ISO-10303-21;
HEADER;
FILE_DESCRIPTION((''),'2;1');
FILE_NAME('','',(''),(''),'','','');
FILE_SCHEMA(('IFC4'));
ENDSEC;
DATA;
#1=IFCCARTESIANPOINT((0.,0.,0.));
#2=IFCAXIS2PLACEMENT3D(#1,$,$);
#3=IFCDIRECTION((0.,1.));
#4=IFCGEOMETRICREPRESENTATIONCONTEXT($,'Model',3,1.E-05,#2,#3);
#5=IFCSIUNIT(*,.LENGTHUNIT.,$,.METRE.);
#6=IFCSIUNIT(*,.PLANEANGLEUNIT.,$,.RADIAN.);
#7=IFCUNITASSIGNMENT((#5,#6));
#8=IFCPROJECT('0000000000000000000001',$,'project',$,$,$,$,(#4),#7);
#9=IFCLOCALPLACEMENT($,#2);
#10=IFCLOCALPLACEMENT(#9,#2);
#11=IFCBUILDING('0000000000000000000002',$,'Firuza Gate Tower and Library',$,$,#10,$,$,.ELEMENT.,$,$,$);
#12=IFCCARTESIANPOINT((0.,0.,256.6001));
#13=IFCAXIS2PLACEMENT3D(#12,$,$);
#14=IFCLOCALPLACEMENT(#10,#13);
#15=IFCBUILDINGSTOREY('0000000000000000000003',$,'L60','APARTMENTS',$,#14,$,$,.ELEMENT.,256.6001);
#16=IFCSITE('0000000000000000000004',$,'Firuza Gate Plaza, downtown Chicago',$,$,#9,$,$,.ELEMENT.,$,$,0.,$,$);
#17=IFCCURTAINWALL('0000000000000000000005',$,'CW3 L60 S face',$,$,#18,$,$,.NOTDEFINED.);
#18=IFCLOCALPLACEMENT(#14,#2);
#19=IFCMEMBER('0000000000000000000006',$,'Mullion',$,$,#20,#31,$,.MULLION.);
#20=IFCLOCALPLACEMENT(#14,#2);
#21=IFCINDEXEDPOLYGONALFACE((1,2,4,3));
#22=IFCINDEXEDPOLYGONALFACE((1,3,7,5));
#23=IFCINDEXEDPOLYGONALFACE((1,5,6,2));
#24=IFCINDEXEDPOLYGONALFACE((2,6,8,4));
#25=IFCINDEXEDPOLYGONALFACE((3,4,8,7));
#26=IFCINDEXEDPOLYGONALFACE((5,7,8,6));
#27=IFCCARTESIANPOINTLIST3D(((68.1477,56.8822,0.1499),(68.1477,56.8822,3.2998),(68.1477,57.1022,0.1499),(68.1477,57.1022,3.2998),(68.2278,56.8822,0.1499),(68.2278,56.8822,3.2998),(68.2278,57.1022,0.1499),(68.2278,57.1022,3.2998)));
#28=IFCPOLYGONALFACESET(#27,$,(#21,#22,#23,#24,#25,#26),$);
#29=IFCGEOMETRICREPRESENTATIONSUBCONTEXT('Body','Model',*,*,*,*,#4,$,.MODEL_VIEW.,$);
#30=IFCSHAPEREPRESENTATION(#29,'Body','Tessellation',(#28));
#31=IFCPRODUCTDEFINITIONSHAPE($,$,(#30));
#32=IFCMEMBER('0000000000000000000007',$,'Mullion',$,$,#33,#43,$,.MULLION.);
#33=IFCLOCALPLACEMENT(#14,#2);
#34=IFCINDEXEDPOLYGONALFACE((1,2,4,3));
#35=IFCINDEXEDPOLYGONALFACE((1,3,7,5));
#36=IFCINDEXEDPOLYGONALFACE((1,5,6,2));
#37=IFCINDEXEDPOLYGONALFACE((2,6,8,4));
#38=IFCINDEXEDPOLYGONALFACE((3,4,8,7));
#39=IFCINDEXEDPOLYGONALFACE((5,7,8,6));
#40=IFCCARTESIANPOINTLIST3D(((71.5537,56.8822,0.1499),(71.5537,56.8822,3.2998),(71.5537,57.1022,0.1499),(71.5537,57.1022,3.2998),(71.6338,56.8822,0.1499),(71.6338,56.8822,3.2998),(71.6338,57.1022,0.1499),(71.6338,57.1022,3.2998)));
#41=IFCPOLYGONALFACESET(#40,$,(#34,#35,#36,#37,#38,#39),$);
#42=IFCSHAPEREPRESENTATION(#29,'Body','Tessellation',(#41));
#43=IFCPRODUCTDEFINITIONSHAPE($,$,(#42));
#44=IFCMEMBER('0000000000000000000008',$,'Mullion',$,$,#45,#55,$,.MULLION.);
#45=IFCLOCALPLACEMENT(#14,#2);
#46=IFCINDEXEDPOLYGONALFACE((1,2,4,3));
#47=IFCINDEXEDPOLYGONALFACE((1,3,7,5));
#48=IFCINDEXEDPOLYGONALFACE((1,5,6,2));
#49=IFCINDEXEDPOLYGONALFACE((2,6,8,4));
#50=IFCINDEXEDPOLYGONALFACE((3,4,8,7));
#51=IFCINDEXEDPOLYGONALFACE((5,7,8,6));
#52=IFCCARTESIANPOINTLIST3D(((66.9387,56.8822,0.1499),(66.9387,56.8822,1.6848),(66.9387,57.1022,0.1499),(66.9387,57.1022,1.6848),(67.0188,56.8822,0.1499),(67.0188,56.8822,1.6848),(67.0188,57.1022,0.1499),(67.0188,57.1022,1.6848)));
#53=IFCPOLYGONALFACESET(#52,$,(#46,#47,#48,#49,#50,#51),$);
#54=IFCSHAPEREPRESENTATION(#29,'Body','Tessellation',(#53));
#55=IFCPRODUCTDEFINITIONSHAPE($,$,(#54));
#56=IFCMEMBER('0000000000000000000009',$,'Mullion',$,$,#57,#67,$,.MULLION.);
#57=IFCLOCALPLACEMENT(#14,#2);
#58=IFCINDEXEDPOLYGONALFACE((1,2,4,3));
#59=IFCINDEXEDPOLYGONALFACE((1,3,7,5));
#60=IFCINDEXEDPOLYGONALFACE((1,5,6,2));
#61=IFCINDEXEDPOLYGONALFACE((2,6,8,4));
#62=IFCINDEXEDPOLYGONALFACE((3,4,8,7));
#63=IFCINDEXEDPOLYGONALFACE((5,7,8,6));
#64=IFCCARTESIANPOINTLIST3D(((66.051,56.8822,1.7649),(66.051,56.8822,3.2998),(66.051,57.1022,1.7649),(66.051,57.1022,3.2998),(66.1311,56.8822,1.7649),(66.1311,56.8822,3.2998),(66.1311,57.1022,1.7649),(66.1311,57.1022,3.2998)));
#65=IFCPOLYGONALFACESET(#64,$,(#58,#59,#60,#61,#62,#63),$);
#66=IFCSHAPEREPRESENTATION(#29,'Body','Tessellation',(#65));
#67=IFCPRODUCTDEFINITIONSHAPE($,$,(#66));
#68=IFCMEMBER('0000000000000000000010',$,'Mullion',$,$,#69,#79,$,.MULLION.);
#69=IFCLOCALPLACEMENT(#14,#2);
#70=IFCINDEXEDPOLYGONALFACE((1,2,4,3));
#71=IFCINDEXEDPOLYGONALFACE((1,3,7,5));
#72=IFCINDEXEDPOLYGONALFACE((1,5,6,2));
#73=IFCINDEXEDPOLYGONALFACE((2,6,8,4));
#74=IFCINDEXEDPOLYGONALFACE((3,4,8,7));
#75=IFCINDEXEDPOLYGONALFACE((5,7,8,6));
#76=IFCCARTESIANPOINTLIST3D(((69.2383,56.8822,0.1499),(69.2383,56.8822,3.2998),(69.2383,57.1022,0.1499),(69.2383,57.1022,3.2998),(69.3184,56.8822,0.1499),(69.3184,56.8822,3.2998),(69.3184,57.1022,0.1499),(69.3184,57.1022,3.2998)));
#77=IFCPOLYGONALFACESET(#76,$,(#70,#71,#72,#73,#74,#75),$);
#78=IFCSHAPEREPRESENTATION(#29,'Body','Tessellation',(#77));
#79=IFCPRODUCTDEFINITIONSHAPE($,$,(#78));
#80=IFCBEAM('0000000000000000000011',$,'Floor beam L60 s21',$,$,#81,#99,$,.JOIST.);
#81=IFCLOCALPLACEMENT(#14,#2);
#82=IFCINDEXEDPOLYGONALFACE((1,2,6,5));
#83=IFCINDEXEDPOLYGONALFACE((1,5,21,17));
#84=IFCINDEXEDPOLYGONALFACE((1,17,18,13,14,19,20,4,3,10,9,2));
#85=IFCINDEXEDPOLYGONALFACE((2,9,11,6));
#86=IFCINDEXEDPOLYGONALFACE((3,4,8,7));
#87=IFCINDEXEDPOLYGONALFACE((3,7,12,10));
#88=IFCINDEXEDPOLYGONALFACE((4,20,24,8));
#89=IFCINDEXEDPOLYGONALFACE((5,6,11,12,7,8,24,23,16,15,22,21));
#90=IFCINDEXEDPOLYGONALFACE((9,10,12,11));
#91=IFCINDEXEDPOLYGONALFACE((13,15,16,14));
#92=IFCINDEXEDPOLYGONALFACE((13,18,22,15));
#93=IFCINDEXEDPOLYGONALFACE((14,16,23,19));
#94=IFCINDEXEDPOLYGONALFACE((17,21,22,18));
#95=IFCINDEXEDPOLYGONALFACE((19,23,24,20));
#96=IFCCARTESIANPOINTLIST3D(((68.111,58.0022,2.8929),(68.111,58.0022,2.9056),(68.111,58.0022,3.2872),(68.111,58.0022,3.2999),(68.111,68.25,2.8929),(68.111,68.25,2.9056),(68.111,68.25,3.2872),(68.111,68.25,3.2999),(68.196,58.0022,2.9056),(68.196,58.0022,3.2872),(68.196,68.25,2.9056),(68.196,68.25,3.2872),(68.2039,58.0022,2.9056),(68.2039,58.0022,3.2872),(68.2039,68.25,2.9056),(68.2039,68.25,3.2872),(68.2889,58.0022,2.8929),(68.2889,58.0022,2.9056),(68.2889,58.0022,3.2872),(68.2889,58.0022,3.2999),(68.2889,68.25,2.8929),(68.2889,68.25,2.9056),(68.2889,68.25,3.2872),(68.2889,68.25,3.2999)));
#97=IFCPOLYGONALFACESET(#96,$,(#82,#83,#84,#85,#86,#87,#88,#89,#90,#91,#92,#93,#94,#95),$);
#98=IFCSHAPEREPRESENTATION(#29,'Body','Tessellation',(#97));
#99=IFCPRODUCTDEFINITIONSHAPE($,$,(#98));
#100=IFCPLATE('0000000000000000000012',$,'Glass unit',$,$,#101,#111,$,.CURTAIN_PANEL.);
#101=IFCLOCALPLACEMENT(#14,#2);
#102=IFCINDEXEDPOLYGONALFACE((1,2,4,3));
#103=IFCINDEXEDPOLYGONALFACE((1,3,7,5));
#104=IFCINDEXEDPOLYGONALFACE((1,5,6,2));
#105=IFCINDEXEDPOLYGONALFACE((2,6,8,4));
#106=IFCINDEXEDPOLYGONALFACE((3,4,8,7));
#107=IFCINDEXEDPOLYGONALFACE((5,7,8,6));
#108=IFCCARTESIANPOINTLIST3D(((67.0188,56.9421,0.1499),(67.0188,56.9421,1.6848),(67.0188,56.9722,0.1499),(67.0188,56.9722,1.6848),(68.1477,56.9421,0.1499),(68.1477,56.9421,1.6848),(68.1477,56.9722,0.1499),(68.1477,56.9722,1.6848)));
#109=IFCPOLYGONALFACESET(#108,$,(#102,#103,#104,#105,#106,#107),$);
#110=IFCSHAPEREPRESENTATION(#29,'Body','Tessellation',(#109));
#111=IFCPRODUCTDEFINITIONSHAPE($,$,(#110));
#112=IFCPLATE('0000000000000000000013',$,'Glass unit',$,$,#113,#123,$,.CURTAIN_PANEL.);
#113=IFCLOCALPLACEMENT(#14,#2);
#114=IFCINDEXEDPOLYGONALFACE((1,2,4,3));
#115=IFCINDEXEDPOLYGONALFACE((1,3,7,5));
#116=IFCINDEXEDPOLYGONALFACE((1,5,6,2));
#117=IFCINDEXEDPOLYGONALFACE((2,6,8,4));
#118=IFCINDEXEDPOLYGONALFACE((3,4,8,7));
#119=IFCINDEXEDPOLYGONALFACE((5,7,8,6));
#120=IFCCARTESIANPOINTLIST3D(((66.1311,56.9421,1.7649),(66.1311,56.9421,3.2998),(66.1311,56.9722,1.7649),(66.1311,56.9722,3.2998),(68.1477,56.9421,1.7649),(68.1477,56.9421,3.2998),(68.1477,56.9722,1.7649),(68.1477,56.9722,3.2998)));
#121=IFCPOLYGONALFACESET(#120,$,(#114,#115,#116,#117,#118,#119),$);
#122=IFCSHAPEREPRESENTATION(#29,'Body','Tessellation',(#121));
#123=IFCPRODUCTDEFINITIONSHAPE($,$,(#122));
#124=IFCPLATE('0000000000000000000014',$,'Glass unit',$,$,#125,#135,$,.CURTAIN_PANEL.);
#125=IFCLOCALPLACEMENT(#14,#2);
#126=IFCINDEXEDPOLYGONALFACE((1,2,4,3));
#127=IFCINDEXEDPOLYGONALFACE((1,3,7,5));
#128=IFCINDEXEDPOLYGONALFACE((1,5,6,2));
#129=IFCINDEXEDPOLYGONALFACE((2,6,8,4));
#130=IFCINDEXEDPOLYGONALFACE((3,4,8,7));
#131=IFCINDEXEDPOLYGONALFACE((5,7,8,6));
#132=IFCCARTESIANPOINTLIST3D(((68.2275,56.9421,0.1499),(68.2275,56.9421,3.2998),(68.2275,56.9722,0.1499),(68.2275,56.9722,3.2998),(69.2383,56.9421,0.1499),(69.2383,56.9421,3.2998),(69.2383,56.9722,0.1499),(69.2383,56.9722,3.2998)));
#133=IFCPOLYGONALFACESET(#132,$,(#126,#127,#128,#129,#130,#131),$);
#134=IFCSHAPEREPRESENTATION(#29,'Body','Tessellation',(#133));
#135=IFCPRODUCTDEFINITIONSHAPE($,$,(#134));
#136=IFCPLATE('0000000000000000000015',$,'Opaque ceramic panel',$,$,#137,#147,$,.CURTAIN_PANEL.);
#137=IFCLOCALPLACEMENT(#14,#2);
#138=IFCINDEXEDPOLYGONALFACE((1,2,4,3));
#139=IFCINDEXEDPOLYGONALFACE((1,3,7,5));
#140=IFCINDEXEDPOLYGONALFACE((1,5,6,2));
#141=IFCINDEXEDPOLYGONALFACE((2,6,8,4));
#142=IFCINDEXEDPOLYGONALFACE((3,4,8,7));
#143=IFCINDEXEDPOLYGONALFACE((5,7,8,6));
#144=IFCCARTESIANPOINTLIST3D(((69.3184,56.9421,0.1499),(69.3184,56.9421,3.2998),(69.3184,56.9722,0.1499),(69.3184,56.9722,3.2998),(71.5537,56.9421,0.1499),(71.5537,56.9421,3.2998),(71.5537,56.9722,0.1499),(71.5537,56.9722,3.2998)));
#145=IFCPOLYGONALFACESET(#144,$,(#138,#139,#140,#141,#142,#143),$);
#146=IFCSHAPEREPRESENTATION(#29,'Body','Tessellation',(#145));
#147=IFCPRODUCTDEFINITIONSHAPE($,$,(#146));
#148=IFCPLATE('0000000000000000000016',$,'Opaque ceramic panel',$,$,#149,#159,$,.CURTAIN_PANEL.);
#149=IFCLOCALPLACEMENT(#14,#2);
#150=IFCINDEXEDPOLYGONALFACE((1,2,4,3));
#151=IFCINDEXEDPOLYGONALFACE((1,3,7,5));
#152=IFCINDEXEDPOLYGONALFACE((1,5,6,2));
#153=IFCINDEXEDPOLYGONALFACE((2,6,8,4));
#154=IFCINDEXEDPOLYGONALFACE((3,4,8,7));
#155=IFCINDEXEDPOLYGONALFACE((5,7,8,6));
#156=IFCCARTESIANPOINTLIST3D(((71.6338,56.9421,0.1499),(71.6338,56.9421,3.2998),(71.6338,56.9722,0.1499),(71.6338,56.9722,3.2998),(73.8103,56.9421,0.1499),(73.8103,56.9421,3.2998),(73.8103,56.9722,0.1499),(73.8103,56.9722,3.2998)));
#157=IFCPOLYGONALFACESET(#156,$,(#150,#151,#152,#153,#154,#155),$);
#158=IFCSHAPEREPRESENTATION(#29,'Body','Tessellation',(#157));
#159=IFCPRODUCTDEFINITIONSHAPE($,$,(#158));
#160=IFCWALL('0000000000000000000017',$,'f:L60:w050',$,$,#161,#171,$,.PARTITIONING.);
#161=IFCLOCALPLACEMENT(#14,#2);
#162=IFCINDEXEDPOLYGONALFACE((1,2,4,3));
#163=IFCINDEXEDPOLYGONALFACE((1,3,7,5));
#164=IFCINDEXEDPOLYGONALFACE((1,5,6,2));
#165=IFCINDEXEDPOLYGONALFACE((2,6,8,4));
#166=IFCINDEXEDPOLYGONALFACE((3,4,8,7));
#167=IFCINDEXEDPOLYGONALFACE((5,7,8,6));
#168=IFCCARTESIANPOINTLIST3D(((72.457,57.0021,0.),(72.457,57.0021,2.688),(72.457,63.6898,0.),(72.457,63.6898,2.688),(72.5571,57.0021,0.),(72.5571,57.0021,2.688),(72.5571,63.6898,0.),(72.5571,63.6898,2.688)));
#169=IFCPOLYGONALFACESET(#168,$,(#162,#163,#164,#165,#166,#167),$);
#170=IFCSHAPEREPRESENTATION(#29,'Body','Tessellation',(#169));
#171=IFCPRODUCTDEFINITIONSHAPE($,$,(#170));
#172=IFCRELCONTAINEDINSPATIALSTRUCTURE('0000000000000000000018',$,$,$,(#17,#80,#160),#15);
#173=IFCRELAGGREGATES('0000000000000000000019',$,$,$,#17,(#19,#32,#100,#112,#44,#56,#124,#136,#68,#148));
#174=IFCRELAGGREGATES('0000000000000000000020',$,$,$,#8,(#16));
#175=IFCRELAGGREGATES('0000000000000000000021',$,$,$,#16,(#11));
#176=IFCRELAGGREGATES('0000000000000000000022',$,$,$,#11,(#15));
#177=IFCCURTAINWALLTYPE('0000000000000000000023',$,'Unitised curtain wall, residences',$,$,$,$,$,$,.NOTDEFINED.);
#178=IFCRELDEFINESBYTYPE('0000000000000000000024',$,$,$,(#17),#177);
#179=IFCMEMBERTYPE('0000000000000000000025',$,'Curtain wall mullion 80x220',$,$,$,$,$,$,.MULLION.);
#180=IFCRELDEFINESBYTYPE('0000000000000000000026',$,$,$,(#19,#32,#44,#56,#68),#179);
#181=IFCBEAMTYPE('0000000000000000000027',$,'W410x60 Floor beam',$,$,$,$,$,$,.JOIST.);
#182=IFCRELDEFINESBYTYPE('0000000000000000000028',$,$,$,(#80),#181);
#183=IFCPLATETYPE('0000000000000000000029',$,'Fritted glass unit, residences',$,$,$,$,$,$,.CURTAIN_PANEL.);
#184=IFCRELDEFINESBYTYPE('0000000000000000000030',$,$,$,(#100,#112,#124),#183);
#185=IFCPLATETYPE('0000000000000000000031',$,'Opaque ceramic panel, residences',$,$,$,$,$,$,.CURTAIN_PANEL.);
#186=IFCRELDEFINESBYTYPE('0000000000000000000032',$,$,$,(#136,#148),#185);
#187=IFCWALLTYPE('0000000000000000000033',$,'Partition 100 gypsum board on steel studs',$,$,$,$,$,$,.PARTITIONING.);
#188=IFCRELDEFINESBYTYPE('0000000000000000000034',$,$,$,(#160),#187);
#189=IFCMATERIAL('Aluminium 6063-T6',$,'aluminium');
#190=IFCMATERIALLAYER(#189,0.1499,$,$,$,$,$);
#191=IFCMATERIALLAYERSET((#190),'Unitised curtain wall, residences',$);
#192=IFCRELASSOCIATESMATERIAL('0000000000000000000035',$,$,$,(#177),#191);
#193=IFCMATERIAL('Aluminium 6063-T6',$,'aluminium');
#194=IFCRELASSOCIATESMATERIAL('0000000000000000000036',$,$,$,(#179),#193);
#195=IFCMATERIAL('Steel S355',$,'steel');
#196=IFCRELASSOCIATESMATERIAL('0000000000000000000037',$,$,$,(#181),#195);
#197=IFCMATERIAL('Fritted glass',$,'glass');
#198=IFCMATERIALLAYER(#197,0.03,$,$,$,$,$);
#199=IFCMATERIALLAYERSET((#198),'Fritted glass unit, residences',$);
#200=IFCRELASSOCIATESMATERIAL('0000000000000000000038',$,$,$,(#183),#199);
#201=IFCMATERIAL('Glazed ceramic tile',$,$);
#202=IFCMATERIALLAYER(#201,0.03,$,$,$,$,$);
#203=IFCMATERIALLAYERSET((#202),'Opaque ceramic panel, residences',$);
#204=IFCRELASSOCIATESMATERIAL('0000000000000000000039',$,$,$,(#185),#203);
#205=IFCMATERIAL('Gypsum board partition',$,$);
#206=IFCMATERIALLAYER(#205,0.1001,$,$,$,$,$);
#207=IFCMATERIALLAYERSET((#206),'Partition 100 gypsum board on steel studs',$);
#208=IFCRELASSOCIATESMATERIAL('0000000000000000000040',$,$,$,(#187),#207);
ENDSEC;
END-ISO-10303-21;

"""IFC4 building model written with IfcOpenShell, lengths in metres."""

from ifc_helpers import new_model, si_unit, direction, frame, frame_2d, origin, origin_2d, place, context, subcontext, project, spatial, polyline, rectangle, i_section, outline, extrude, material, layer, layer_set, material_profile, profile_set, type_object, element, aggregate, save


model = new_model("IFC4")

# Units and contexts
model_context = context("Model", 3, precision=1e-05, world=origin(), true_north=direction((0.0, 1.0)))
body_context = subcontext(model_context, "Body", "Model", "MODEL_VIEW")
ifc_project = project(units=[si_unit("LENGTHUNIT", "METRE"), si_unit("PLANEANGLEUNIT", "RADIAN")], contexts=[model_context])

# Site, building, storey
site_placement = place(None, origin())
site = spatial("IfcSite", under=ifc_project, at=site_placement, Name="Firuza Gate Plaza, downtown Chicago", CompositionType="ELEMENT", RefElevation=0.0)
building_placement = place(site_placement, origin())
building = spatial("IfcBuilding", under=site, at=building_placement, Name="Firuza Gate Tower and Library", CompositionType="ELEMENT")
storey_placement = place(building_placement, frame((0.0, 0.0, 256.6001)))
storey = spatial("IfcBuildingStorey", under=building, at=storey_placement, Name="L60", Description="APARTMENTS", CompositionType="ELEMENT", Elevation=256.6001)

# Curtain wall, members
ifc_material_1 = material(Name="Aluminium 6063-T6", Category="aluminium")
ifc_layer_1 = layer(ifc_material_1, 0.1499)
ifc_layer_set_1 = layer_set([ifc_layer_1], Name="Unitised curtain wall, residences")
curtain_wall_type = type_object("IfcCurtainWallType", Name="Unitised curtain wall, residences", PredefinedType="NOTDEFINED", material=ifc_layer_set_1)
curtain_wall_placement = place(storey_placement, origin())
curtain_wall = element("IfcCurtainWall", 1, at=curtain_wall_placement, inside=storey, type_object=curtain_wall_type, Name="CW3 L60 S face", PredefinedType="NOTDEFINED")
ifc_material_2 = material(Name="Aluminium 6063-T6", Category="aluminium")
ifc_material_profile_1 = material_profile(ifc_material_2, rectangle(XDim=0.22, YDim=0.0801, at=origin_2d()))
ifc_profile_set_1 = profile_set([ifc_material_profile_1], Name="Aluminium 6063-T6")
member_type = type_object("IfcMemberType", Name="Curtain wall mullion 80x220", PredefinedType="MULLION", material=ifc_profile_set_1)
member_1_placement = place(storey_placement, frame((68.1877, 56.9922, 0.1499), z_axis=(0.0, 0.0, 1.0), x_axis=(0.0, 1.0, 0.0)))
member_1 = element("IfcMember", 2, at=member_1_placement, type_object=member_type, Name="Mullion", PredefinedType="MULLION", context=body_context, shape_type="SweptSolid", body=[
    extrude(rectangle(XDim=0.22, YDim=0.0801, at=origin_2d()), origin(), (0.0, 0.0, 1.0), 3.1499),
])
member_2_placement = place(storey_placement, frame((71.5938, 56.9922, 0.1499), z_axis=(0.0, 0.0, 1.0), x_axis=(0.0, 1.0, 0.0)))
member_2 = element("IfcMember", 3, at=member_2_placement, type_object=member_type, Name="Mullion", PredefinedType="MULLION", context=body_context, shape_type="SweptSolid", body=[
    extrude(rectangle(XDim=0.22, YDim=0.0801, at=origin_2d()), origin(), (0.0, 0.0, 1.0), 3.1499),
])
member_3_placement = place(storey_placement, frame((66.9788, 56.9922, 0.1499), z_axis=(0.0, 0.0, 1.0), x_axis=(0.0, 1.0, 0.0)))
member_3 = element("IfcMember", 4, at=member_3_placement, type_object=member_type, Name="Mullion", PredefinedType="MULLION", context=body_context, shape_type="SweptSolid", body=[
    extrude(rectangle(XDim=0.22, YDim=0.0801, at=origin_2d()), origin(), (0.0, 0.0, 1.0), 1.5349),
])
member_4_placement = place(storey_placement, frame((66.0911, 56.9922, 1.7649), z_axis=(0.0, 0.0, 1.0), x_axis=(0.0, 1.0, 0.0)))
member_4 = element("IfcMember", 5, at=member_4_placement, type_object=member_type, Name="Mullion", PredefinedType="MULLION", context=body_context, shape_type="SweptSolid", body=[
    extrude(rectangle(XDim=0.22, YDim=0.0801, at=origin_2d()), origin(), (0.0, 0.0, 1.0), 1.5349),
])
member_5_placement = place(storey_placement, frame((69.2783, 56.9922, 0.1499), z_axis=(0.0, 0.0, 1.0), x_axis=(0.0, 1.0, 0.0)))
member_5 = element("IfcMember", 6, at=member_5_placement, type_object=member_type, Name="Mullion", PredefinedType="MULLION", context=body_context, shape_type="SweptSolid", body=[
    extrude(rectangle(XDim=0.22, YDim=0.0801, at=origin_2d()), origin(), (0.0, 0.0, 1.0), 3.1499),
])

# Beam
ifc_material_3 = material(Name="Steel S355", Category="steel")
ifc_material_profile_2 = material_profile(ifc_material_3, i_section(OverallWidth=0.178, OverallDepth=0.407, WebThickness=0.0078, FlangeThickness=0.0127, at=origin_2d()))
ifc_profile_set_2 = profile_set([ifc_material_profile_2], Name="Steel S355")
beam_type = type_object("IfcBeamType", Name="W410x60 Floor beam", PredefinedType="JOIST", material=ifc_profile_set_2)
beam_placement = place(storey_placement, frame((68.2, 58.0022, 3.0964), z_axis=(0.0, 1.0, 0.0), x_axis=(-1.0, 0.0, 0.0)))
element("IfcBeam", 7, at=beam_placement, inside=storey, type_object=beam_type, Name="Floor beam L60 s21", PredefinedType="JOIST", context=body_context, shape_type="SweptSolid", body=[
    extrude(i_section(OverallWidth=0.178, OverallDepth=0.407, WebThickness=0.0078, FlangeThickness=0.0127, at=origin_2d()), origin(), (0.0, 0.0, 1.0), 10.2478),
])

# Plates
ifc_material_4 = material(Name="Fritted glass", Category="glass")
ifc_layer_2 = layer(ifc_material_4, 0.03)
ifc_layer_set_2 = layer_set([ifc_layer_2], Name="Fritted glass unit, residences")
plate_type_1 = type_object("IfcPlateType", Name="Fritted glass unit, residences", PredefinedType="CURTAIN_PANEL", material=ifc_layer_set_2)
plate_1_placement = place(storey_placement, frame((67.0188, 56.9421, 0.1499), z_axis=(0.0, -1.0, 0.0), x_axis=(1.0, 0.0, 0.0)))
plate_1 = element("IfcPlate", 8, at=plate_1_placement, type_object=plate_type_1, Name="Glass unit", PredefinedType="CURTAIN_PANEL", context=body_context, shape_type="SweptSolid", body=[
    extrude(outline(polyline([(0.0, 0.0), (1.1289, 0.0), (1.1289, 1.5349), (0.0, 1.5349), (0.0, 0.0)])), origin(), (0.0, 0.0, -1.0), 0.03),
])
plate_2_placement = place(storey_placement, frame((66.1311, 56.9421, 1.7649), z_axis=(0.0, -1.0, 0.0), x_axis=(1.0, 0.0, 0.0)))
plate_2 = element("IfcPlate", 9, at=plate_2_placement, type_object=plate_type_1, Name="Glass unit", PredefinedType="CURTAIN_PANEL", context=body_context, shape_type="SweptSolid", body=[
    extrude(outline(polyline([(0.0, 0.0), (2.0166, 0.0), (2.0166, 1.5349), (0.0, 1.5349), (0.0, 0.0)])), origin(), (0.0, 0.0, -1.0), 0.03),
])
plate_3_placement = place(storey_placement, frame((68.2275, 56.9421, 0.1499), z_axis=(0.0, -1.0, 0.0), x_axis=(1.0, 0.0, 0.0)))
plate_3 = element("IfcPlate", 10, at=plate_3_placement, type_object=plate_type_1, Name="Glass unit", PredefinedType="CURTAIN_PANEL", context=body_context, shape_type="SweptSolid", body=[
    extrude(outline(polyline([(0.0, 0.0), (1.0107, 0.0), (1.0107, 3.1499), (0.0, 3.1499), (0.0, 0.0)])), origin(), (0.0, 0.0, -1.0), 0.03),
])
ifc_material_5 = material(Name="Glazed ceramic tile")
ifc_layer_3 = layer(ifc_material_5, 0.03)
ifc_layer_set_3 = layer_set([ifc_layer_3], Name="Opaque ceramic panel, residences")
plate_type_2 = type_object("IfcPlateType", Name="Opaque ceramic panel, residences", PredefinedType="CURTAIN_PANEL", material=ifc_layer_set_3)
plate_4_placement = place(storey_placement, frame((69.3184, 56.9421, 0.1499), z_axis=(0.0, -1.0, 0.0), x_axis=(1.0, 0.0, 0.0)))
plate_4 = element("IfcPlate", 11, at=plate_4_placement, type_object=plate_type_2, Name="Opaque ceramic panel", PredefinedType="CURTAIN_PANEL", context=body_context, shape_type="SweptSolid", body=[
    extrude(outline(polyline([(0.0, 0.0), (2.2354, 0.0), (2.2354, 3.1499), (0.0, 3.1499), (0.0, 0.0)])), origin(), (0.0, 0.0, -1.0), 0.03),
])
plate_5_placement = place(storey_placement, frame((71.6338, 56.9421, 0.1499), z_axis=(0.0, -1.0, 0.0), x_axis=(1.0, 0.0, 0.0)))
plate_5 = element("IfcPlate", 12, at=plate_5_placement, type_object=plate_type_2, Name="Opaque ceramic panel", PredefinedType="CURTAIN_PANEL", context=body_context, shape_type="SweptSolid", body=[
    extrude(outline(polyline([(0.0, 0.0), (2.1765, 0.0), (2.1765, 3.1499), (0.0, 3.1499), (0.0, 0.0)])), origin(), (0.0, 0.0, -1.0), 0.03),
])
aggregate(curtain_wall, [member_1, member_2, plate_1, plate_2, member_3, member_4, plate_3, plate_4, member_5, plate_5])

# Wall
ifc_material_6 = material(Name="Gypsum board partition")
ifc_layer_4 = layer(ifc_material_6, 0.1001)
ifc_layer_set_4 = layer_set([ifc_layer_4], Name="Partition 100 gypsum board on steel studs")
wall_type = type_object("IfcWallType", Name="Partition 100 gypsum board on steel studs", PredefinedType="PARTITIONING", material=ifc_layer_set_4)
wall_1_placement = place(storey_placement, frame((72.5071, 57.0022, 0.0), z_axis=(0.0, 0.0, 1.0), x_axis=(0.0, 1.0, 0.0)))
element("IfcWall", 13, at=wall_1_placement, inside=storey, type_object=wall_type, Name="f:L60:w050", PredefinedType="PARTITIONING", context=body_context, shape_type="SweptSolid", body=[
    extrude(rectangle(XDim=6.6877, YDim=0.1001, at=frame_2d((3.3438, 0.0))), origin(), (0.0, 0.0, 1.0), 2.688),
])

save(model, "model.ifc")
